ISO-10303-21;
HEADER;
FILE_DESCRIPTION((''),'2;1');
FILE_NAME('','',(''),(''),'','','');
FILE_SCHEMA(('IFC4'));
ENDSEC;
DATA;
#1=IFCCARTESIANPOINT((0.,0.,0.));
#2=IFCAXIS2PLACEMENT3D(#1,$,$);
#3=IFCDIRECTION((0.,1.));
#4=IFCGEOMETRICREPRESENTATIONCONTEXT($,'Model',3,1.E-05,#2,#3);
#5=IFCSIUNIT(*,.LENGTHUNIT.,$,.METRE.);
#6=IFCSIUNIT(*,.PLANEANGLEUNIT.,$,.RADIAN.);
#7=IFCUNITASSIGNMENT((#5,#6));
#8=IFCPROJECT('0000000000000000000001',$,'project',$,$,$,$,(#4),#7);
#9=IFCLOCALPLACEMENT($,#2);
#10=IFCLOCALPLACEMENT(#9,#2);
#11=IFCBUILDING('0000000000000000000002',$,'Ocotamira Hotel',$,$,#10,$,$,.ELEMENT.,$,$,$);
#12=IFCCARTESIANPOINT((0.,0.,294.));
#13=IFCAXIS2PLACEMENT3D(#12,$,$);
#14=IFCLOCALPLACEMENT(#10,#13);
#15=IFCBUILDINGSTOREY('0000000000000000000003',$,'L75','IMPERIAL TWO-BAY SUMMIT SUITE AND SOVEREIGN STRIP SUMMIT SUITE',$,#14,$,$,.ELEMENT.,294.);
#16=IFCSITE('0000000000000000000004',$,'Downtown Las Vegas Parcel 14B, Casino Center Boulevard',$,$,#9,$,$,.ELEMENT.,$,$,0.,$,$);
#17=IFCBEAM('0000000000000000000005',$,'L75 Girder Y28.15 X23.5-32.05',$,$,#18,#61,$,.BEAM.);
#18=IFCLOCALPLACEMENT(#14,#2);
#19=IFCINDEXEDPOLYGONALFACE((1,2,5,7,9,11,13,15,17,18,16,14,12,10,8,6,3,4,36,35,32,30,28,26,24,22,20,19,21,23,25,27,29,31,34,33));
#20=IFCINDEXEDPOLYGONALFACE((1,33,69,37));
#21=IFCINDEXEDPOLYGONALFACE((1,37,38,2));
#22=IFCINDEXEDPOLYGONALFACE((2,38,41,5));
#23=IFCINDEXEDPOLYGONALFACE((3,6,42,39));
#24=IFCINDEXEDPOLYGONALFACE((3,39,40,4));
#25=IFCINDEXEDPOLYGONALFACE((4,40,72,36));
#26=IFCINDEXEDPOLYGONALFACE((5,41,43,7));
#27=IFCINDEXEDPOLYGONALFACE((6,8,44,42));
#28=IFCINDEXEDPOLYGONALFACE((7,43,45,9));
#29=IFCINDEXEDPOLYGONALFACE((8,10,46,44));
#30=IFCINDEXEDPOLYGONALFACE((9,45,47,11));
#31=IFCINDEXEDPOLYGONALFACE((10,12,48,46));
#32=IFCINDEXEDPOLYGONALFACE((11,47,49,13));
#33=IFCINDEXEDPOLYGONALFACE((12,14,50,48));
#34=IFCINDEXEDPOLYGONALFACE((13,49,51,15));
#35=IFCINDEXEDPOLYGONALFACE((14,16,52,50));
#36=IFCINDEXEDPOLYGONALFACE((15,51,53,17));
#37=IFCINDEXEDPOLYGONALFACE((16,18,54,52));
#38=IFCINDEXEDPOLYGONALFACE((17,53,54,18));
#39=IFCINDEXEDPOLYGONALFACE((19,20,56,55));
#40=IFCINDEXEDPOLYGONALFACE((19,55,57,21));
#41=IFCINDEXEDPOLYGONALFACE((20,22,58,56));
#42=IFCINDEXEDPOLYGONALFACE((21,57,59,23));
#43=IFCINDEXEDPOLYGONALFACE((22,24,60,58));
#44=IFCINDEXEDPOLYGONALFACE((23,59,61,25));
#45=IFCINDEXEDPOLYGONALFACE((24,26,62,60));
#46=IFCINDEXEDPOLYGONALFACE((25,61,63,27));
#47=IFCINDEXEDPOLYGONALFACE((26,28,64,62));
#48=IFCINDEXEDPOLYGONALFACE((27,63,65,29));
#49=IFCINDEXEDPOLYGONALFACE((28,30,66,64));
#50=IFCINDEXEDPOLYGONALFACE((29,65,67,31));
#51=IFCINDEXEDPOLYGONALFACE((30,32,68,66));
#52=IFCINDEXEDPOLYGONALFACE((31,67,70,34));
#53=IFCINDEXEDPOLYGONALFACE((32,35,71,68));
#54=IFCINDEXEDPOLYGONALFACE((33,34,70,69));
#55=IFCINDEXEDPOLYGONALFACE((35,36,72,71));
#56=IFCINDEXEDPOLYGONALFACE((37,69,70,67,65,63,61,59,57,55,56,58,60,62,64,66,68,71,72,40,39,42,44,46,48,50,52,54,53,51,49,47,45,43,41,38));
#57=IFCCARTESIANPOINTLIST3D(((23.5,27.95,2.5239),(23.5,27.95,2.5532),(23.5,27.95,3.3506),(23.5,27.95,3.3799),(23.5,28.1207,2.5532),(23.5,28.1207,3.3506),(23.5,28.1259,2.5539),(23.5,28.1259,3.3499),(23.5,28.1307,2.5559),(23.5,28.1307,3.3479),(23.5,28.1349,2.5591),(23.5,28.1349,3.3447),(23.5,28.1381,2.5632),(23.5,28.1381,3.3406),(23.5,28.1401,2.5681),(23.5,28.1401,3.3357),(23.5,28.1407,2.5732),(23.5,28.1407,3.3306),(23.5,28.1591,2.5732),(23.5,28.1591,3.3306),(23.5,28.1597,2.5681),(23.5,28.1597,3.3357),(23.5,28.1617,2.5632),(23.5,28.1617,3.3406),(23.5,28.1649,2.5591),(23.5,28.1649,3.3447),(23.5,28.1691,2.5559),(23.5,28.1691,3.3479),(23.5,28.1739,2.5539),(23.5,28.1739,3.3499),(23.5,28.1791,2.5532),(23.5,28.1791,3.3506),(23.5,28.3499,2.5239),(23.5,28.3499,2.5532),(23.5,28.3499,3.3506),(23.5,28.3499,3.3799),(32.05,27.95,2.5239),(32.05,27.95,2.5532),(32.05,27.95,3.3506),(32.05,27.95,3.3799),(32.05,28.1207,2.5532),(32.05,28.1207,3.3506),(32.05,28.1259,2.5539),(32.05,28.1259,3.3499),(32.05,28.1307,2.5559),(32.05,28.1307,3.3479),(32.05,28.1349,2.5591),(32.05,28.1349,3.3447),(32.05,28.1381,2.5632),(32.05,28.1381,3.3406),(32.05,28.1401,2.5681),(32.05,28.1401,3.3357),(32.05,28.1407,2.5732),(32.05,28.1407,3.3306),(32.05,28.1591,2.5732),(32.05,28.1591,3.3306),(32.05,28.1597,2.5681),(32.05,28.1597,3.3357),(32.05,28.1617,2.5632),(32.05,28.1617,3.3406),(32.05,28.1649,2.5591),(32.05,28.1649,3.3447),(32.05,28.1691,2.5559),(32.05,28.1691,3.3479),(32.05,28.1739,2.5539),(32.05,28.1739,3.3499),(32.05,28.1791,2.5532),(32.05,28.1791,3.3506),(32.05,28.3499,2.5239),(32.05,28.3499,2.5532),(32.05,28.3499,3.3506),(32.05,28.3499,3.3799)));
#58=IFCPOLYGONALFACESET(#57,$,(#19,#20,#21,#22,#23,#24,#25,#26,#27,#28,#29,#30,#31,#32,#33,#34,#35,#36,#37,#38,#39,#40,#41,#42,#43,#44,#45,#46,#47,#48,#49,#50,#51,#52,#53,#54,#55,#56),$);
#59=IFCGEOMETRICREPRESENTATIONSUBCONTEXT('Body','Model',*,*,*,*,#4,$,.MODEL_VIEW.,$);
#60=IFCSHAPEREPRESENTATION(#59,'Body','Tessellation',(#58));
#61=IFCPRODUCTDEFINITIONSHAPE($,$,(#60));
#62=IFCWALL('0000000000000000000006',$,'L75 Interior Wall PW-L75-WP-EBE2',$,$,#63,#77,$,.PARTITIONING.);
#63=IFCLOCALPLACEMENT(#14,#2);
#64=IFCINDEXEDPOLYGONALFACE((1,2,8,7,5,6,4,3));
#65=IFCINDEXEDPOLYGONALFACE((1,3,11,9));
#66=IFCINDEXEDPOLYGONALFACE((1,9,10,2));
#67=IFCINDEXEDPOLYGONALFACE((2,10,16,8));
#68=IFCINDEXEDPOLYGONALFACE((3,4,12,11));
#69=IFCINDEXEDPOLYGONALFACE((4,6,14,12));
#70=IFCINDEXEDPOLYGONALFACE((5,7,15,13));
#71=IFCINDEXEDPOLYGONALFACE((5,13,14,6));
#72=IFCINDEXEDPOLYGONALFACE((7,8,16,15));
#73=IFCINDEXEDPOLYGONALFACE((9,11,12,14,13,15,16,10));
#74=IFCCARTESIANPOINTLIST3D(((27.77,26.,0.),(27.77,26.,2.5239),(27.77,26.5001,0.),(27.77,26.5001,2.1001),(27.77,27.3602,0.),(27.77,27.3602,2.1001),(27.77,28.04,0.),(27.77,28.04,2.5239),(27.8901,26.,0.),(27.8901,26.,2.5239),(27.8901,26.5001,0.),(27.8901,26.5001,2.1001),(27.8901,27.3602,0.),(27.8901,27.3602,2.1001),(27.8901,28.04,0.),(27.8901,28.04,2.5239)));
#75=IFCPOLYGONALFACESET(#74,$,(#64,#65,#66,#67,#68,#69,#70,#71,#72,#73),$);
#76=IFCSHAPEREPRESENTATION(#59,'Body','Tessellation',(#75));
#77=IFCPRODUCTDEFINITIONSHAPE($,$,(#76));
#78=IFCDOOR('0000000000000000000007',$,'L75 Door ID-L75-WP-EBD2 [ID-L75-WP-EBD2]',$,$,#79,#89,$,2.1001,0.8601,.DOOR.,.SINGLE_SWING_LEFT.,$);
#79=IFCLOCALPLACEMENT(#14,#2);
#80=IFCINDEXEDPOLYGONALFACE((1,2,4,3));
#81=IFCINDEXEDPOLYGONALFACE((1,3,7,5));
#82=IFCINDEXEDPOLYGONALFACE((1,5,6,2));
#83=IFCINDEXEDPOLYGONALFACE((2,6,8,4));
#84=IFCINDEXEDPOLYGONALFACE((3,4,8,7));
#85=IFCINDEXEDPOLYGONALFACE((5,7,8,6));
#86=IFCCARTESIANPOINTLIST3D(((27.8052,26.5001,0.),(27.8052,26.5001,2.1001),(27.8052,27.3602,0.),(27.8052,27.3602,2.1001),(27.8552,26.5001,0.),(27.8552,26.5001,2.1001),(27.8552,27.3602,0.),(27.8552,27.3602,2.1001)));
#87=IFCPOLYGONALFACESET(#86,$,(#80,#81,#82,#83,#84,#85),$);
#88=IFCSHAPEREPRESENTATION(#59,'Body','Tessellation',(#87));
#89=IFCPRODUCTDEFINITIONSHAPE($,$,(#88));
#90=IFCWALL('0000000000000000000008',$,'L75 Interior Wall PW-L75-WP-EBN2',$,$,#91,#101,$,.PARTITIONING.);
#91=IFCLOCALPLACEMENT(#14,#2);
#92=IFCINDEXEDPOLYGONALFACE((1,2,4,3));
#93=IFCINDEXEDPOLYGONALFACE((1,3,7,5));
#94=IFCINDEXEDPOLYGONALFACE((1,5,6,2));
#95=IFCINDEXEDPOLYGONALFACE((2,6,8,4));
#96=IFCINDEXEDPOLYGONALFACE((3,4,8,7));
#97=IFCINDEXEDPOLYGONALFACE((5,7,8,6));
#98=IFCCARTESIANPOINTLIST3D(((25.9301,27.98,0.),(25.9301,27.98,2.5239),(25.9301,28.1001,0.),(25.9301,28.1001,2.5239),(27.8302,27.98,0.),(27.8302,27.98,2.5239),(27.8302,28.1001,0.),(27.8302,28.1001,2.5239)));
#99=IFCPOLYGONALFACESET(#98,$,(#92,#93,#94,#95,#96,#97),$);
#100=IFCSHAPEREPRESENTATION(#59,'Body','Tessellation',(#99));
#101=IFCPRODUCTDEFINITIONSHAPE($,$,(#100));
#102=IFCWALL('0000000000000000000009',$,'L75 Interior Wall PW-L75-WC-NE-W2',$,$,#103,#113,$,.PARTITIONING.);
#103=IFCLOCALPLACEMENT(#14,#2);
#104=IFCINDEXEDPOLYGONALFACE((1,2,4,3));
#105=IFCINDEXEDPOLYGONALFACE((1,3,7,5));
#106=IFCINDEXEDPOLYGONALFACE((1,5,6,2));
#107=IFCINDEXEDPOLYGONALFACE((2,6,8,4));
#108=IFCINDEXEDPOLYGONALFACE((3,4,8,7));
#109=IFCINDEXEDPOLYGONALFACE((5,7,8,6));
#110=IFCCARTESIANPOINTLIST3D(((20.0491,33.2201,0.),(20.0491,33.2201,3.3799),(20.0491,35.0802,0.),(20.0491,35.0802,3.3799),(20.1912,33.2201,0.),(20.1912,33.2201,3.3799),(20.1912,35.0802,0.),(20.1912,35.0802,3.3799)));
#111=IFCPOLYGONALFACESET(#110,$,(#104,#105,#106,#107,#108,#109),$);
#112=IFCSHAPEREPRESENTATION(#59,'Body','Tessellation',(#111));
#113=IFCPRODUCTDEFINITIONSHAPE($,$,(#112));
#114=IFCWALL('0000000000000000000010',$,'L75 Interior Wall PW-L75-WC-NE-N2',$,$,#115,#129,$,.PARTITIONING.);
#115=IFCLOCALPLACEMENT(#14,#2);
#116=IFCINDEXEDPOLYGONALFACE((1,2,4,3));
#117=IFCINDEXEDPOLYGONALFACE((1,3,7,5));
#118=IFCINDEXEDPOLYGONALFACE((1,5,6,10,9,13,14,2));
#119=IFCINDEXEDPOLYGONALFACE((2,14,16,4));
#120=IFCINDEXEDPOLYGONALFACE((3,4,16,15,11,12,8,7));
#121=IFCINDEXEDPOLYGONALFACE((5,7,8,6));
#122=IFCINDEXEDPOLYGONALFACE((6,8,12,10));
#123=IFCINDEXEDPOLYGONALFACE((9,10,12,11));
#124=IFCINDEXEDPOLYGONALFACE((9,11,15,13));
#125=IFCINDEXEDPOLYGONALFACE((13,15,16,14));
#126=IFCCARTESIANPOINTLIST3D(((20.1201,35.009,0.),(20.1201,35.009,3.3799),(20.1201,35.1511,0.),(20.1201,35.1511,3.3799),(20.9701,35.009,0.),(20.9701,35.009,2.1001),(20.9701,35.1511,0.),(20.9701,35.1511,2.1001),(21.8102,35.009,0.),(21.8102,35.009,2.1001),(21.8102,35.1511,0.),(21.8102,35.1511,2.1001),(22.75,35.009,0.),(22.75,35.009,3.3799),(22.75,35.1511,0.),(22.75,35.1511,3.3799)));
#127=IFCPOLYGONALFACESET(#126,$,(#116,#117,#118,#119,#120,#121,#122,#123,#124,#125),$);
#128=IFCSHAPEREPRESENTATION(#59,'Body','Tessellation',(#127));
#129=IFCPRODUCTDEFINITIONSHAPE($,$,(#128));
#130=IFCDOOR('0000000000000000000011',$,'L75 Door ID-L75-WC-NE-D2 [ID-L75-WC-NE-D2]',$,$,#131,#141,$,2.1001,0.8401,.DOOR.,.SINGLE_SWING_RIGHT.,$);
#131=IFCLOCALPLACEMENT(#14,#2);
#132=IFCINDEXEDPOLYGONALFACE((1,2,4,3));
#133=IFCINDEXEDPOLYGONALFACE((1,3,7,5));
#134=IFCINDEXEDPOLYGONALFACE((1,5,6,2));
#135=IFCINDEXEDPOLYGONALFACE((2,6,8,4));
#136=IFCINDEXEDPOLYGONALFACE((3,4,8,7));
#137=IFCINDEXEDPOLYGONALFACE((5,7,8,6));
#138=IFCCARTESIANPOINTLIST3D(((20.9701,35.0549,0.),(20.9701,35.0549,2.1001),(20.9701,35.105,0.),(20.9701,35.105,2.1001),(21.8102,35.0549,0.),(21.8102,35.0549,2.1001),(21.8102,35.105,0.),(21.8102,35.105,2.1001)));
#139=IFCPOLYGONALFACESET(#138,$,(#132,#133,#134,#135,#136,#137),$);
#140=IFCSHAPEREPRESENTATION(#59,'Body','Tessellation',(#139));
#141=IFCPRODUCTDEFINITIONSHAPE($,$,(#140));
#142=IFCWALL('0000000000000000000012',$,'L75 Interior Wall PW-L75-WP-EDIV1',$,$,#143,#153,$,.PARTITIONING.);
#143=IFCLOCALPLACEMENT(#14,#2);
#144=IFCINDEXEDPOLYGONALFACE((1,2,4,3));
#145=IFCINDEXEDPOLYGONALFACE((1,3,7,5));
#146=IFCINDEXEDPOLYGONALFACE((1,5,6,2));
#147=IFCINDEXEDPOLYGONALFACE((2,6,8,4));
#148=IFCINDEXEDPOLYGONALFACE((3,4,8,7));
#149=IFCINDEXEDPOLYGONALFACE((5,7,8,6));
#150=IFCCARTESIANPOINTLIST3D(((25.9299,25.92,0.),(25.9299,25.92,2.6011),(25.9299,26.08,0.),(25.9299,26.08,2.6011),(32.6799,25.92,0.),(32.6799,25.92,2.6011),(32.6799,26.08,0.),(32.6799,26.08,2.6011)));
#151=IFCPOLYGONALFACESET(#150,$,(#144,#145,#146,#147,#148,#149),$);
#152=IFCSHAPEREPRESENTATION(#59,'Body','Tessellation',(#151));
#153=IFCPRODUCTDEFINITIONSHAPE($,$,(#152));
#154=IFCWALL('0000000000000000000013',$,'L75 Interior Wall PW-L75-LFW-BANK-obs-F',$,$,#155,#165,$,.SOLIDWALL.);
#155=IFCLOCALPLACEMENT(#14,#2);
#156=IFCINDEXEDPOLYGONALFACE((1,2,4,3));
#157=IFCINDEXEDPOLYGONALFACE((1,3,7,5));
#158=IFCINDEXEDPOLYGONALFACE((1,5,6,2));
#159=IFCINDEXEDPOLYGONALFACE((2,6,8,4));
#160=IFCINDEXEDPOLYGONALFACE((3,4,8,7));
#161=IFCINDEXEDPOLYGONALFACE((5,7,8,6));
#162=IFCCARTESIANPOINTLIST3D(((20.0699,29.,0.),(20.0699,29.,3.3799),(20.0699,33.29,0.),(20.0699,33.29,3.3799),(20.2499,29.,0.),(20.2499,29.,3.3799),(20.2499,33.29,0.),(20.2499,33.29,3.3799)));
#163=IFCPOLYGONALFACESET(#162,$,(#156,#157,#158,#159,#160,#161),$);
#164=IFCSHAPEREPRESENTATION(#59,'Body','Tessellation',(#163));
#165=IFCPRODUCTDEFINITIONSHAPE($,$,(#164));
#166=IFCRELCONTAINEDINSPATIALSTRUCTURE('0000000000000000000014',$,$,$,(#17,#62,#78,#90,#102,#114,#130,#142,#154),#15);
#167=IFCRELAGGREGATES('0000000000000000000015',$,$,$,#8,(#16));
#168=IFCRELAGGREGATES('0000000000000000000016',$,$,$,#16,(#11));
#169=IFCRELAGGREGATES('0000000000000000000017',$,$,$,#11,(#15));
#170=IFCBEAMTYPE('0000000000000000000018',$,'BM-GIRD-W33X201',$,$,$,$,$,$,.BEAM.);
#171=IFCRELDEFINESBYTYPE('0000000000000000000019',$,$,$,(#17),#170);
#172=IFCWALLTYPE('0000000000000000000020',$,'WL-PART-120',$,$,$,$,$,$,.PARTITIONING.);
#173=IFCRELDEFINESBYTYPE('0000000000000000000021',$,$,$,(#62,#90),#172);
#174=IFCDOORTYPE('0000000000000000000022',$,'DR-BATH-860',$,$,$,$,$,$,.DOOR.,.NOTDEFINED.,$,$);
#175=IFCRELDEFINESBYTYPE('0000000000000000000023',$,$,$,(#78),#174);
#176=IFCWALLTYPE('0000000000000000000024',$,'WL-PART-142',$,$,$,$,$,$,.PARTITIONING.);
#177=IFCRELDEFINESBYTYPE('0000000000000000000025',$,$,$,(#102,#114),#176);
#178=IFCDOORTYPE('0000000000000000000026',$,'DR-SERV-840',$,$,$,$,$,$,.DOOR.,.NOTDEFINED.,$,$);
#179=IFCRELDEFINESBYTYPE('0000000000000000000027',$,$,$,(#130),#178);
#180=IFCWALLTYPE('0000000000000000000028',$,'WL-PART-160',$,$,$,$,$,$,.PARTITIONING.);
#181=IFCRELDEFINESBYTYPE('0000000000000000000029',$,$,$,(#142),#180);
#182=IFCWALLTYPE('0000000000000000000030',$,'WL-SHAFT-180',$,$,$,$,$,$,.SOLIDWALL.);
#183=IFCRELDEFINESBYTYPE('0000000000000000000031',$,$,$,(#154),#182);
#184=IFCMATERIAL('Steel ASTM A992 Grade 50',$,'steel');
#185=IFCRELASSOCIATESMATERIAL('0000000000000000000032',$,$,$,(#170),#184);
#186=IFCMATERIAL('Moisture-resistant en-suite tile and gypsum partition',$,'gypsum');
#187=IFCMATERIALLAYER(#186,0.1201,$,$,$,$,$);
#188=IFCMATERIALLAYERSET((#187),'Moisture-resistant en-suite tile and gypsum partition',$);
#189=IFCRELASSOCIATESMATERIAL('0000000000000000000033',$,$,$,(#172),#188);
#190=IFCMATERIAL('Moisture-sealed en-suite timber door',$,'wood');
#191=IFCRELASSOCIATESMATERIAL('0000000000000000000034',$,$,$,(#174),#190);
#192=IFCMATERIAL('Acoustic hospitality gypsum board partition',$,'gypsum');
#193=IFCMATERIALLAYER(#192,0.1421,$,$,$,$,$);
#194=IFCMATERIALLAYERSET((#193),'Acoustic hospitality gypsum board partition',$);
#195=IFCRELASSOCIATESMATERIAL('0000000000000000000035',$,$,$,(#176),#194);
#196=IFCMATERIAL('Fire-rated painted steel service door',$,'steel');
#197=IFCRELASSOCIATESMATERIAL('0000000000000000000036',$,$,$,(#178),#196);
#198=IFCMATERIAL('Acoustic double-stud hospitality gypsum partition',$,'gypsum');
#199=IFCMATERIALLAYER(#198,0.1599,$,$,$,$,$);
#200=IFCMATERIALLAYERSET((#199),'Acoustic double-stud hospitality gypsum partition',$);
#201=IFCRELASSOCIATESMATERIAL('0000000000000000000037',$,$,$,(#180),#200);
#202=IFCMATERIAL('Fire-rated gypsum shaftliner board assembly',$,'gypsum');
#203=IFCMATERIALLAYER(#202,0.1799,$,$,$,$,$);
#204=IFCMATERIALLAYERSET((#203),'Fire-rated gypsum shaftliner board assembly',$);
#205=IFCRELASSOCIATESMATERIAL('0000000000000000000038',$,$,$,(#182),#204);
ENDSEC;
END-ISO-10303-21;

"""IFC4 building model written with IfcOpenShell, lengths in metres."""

from ifc_helpers import new_model, si_unit, direction, frame, frame_2d, origin, origin_2d, place, context, subcontext, project, spatial, rectangle, i_section, extrude, source, transform, mapped, material, layer, layer_set, material_profile, profile_set, type_object, element, fill, save


model = new_model("IFC4")

# Units and contexts
model_context = context("Model", 3, precision=1e-05, world=origin(), true_north=direction((0.0, 1.0)))
body_context = subcontext(model_context, "Body", "Model", "MODEL_VIEW")
ifc_project = project(units=[si_unit("LENGTHUNIT", "METRE"), si_unit("PLANEANGLEUNIT", "RADIAN")], contexts=[model_context])

# Site, building, storey
site_placement = place(None, origin())
site = spatial("IfcSite", under=ifc_project, at=site_placement, Name="Downtown Las Vegas Parcel 14B, Casino Center Boulevard", CompositionType="ELEMENT", RefElevation=0.0)
building_placement = place(site_placement, origin())
building = spatial("IfcBuilding", under=site, at=building_placement, Name="Ocotamira Hotel", CompositionType="ELEMENT")
storey_placement = place(building_placement, frame((0.0, 0.0, 294.0)))
storey = spatial("IfcBuildingStorey", under=building, at=storey_placement, Name="L75", Description="IMPERIAL TWO-BAY SUMMIT SUITE AND SOVEREIGN STRIP SUMMIT SUITE", CompositionType="ELEMENT", Elevation=294.0)

# Shared definitions
ifc_material_1 = material(Name="Steel ASTM A992 Grade 50", Category="steel")

# Beam
ifc_material_profile_1 = material_profile(ifc_material_1, i_section(OverallWidth=0.3999, OverallDepth=0.856, WebThickness=0.0183, FlangeThickness=0.0293, FilletRadius=0.02, at=origin_2d()), Name="W33X201")
ifc_profile_set_1 = profile_set([ifc_material_profile_1], Name="Steel ASTM A992 Grade 50")
beam_type_1 = type_object("IfcBeamType", Name="BM-GIRD-W33X201", PredefinedType="BEAM", material=ifc_profile_set_1)
shared_shape_1 = source(origin(), body_context, "Body", "SweptSolid", [
    extrude(i_section(OverallWidth=0.3999, OverallDepth=0.856, WebThickness=0.0183, FlangeThickness=0.0293, FilletRadius=0.02, at=origin_2d()), origin(), (0.0, 0.0, 1.0), 8.55),
])
beam_1_placement = place(storey_placement, frame((23.5, 28.1499, 2.9519), z_axis=(1.0, 0.0, 0.0), x_axis=(0.0, 1.0, 0.0)))
element("IfcBeam", 1, at=beam_1_placement, inside=storey, type_object=beam_type_1, Name="L75 Girder Y28.15 X23.5-32.05", PredefinedType="BEAM", context=body_context, shape_type="MappedRepresentation", body=[
    mapped(shared_shape_1, transform((0.0, 0.0, 0.0), scale=1.0)),
])

# Wall, opening, door
ifc_material_2 = material(Name="Moisture-resistant en-suite tile and gypsum partition", Category="gypsum")
ifc_layer_1 = layer(ifc_material_2, 0.1201)
ifc_layer_set_1 = layer_set([ifc_layer_1], Name="Moisture-resistant en-suite tile and gypsum partition")
wall_type_1 = type_object("IfcWallType", Name="WL-PART-120", PredefinedType="PARTITIONING", material=ifc_layer_set_1)
wall_1_placement = place(storey_placement, frame((27.8301, 26.0, 0.0), z_axis=(0.0, 0.0, 1.0), x_axis=(0.0, 1.0, 0.0)))
wall_1 = element("IfcWall", 2, at=wall_1_placement, inside=storey, type_object=wall_type_1, Name="L75 Interior Wall PW-L75-WP-EBE2", PredefinedType="PARTITIONING", context=body_context, shape_type="SweptSolid", body=[
    extrude(rectangle(XDim=2.04, YDim=0.1201, at=frame_2d((1.02, 0.0))), origin(), (0.0, 0.0, 1.0), 2.5239),
])
opening_1_placement = place(wall_1_placement, frame((0.5, 0.0, 0.0)))
opening_1 = element("IfcOpeningElement", 3, at=opening_1_placement, cuts=wall_1, PredefinedType="OPENING", context=body_context, shape_type="SweptSolid", body=[
    extrude(rectangle(XDim=0.8601, YDim=2.1001, at=frame_2d((0.4302, 1.05))), frame((0.0, 0.0701, 0.0), z_axis=(0.0, -1.0, 0.0), x_axis=(1.0, 0.0, 0.0)), (0.0, 0.0, 1.0), 0.1401),
])
ifc_material_3 = material(Name="Moisture-sealed en-suite timber door", Category="wood")
door_type_1 = type_object("IfcDoorType", Name="DR-BATH-860", OperationType="NOTDEFINED", PredefinedType="DOOR", material=ifc_material_3)
shared_shape_2 = source(origin(), body_context, "Body", "SweptSolid", [
    extrude(rectangle(XDim=0.8601, YDim=2.1001, at=frame_2d((0.4302, 1.05))), frame((0.0, 0.0249, 0.0), z_axis=(0.0, -1.0, 0.0), x_axis=(1.0, 0.0, 0.0)), (0.0, 0.0, 1.0), 0.05),
])
door_1_placement = place(opening_1_placement, origin())
door_1 = element("IfcDoor", 4, at=door_1_placement, inside=storey, type_object=door_type_1, Name="L75 Door ID-L75-WP-EBD2 [ID-L75-WP-EBD2]", OperationType="SINGLE_SWING_LEFT", OverallHeight=2.1001, OverallWidth=0.8601, PredefinedType="DOOR", context=body_context, shape_type="MappedRepresentation", body=[
    mapped(shared_shape_2, transform((0.0, 0.0, 0.0), scale=1.0)),
])
fill(opening_1, door_1)

# Walls
wall_2_placement = place(storey_placement, frame((25.9299, 28.04, 0.0), z_axis=(0.0, 0.0, 1.0), x_axis=(1.0, 0.0, 0.0)))
element("IfcWall", 5, at=wall_2_placement, inside=storey, type_object=wall_type_1, Name="L75 Interior Wall PW-L75-WP-EBN2", PredefinedType="PARTITIONING", context=body_context, shape_type="SweptSolid", body=[
    extrude(rectangle(XDim=1.9001, YDim=0.1201, at=frame_2d((0.9502, 0.0))), origin(), (0.0, 0.0, 1.0), 2.5239),
])
ifc_material_4 = material(Name="Acoustic hospitality gypsum board partition", Category="gypsum")
ifc_layer_2 = layer(ifc_material_4, 0.1421)
ifc_layer_set_2 = layer_set([ifc_layer_2], Name="Acoustic hospitality gypsum board partition")
wall_type_2 = type_object("IfcWallType", Name="WL-PART-142", PredefinedType="PARTITIONING", material=ifc_layer_set_2)
wall_3_placement = place(storey_placement, frame((20.1201, 33.22, 0.0), z_axis=(0.0, 0.0, 1.0), x_axis=(0.0, 1.0, 0.0)))
element("IfcWall", 6, at=wall_3_placement, inside=storey, type_object=wall_type_2, Name="L75 Interior Wall PW-L75-WC-NE-W2", PredefinedType="PARTITIONING", context=body_context, shape_type="SweptSolid", body=[
    extrude(rectangle(XDim=1.8601, YDim=0.1421, at=frame_2d((0.9302, 0.0))), origin(), (0.0, 0.0, 1.0), 3.3799),
])

# Wall, opening, door
wall_4_placement = place(storey_placement, frame((20.1201, 35.0801, 0.0), z_axis=(0.0, 0.0, 1.0), x_axis=(1.0, 0.0, 0.0)))
wall_4 = element("IfcWall", 7, at=wall_4_placement, inside=storey, type_object=wall_type_2, Name="L75 Interior Wall PW-L75-WC-NE-N2", PredefinedType="PARTITIONING", context=body_context, shape_type="SweptSolid", body=[
    extrude(rectangle(XDim=2.6299, YDim=0.1421, at=frame_2d((1.3149, 0.0))), origin(), (0.0, 0.0, 1.0), 3.3799),
])
opening_2_placement = place(wall_4_placement, frame((0.8501, 0.0, 0.0)))
opening_2 = element("IfcOpeningElement", 8, at=opening_2_placement, cuts=wall_4, PredefinedType="OPENING", context=body_context, shape_type="SweptSolid", body=[
    extrude(rectangle(XDim=0.8401, YDim=2.1001, at=frame_2d((0.4199, 1.05))), frame((0.0, 0.0811, 0.0), z_axis=(0.0, -1.0, 0.0), x_axis=(1.0, 0.0, 0.0)), (0.0, 0.0, 1.0), 0.1621),
])
ifc_material_5 = material(Name="Fire-rated painted steel service door", Category="steel")
door_type_2 = type_object("IfcDoorType", Name="DR-SERV-840", OperationType="NOTDEFINED", PredefinedType="DOOR", material=ifc_material_5)
shared_shape_3 = source(origin(), body_context, "Body", "SweptSolid", [
    extrude(rectangle(XDim=0.8401, YDim=2.1001, at=frame_2d((0.4199, 1.05))), frame((0.0, 0.0249, 0.0), z_axis=(0.0, -1.0, 0.0), x_axis=(1.0, 0.0, 0.0)), (0.0, 0.0, 1.0), 0.05),
])
door_2_placement = place(opening_2_placement, origin())
door_2 = element("IfcDoor", 9, at=door_2_placement, inside=storey, type_object=door_type_2, Name="L75 Door ID-L75-WC-NE-D2 [ID-L75-WC-NE-D2]", OperationType="SINGLE_SWING_RIGHT", OverallHeight=2.1001, OverallWidth=0.8401, PredefinedType="DOOR", context=body_context, shape_type="MappedRepresentation", body=[
    mapped(shared_shape_3, transform((0.0, 0.0, 0.0), scale=1.0)),
])
fill(opening_2, door_2)

# Walls
ifc_material_6 = material(Name="Acoustic double-stud hospitality gypsum partition", Category="gypsum")
ifc_layer_3 = layer(ifc_material_6, 0.1599)
ifc_layer_set_3 = layer_set([ifc_layer_3], Name="Acoustic double-stud hospitality gypsum partition")
wall_type_3 = type_object("IfcWallType", Name="WL-PART-160", PredefinedType="PARTITIONING", material=ifc_layer_set_3)
wall_5_placement = place(storey_placement, frame((25.9299, 26.0, 0.0), z_axis=(0.0, 0.0, 1.0), x_axis=(1.0, 0.0, 0.0)))
element("IfcWall", 10, at=wall_5_placement, inside=storey, type_object=wall_type_3, Name="L75 Interior Wall PW-L75-WP-EDIV1", PredefinedType="PARTITIONING", context=body_context, shape_type="SweptSolid", body=[
    extrude(rectangle(XDim=6.75, YDim=0.1599, at=frame_2d((3.375, 0.0))), origin(), (0.0, 0.0, 1.0), 2.6011),
])
ifc_material_7 = material(Name="Fire-rated gypsum shaftliner board assembly", Category="gypsum")
ifc_layer_4 = layer(ifc_material_7, 0.1799)
ifc_layer_set_4 = layer_set([ifc_layer_4], Name="Fire-rated gypsum shaftliner board assembly")
wall_type_4 = type_object("IfcWallType", Name="WL-SHAFT-180", PredefinedType="SOLIDWALL", material=ifc_layer_set_4)
wall_6_placement = place(storey_placement, frame((20.1599, 29.0, 0.0), z_axis=(0.0, 0.0, 1.0), x_axis=(0.0, 1.0, 0.0)))
element("IfcWall", 11, at=wall_6_placement, inside=storey, type_object=wall_type_4, Name="L75 Interior Wall PW-L75-LFW-BANK-obs-F", PredefinedType="SOLIDWALL", context=body_context, shape_type="SweptSolid", body=[
    extrude(rectangle(XDim=4.29, YDim=0.1799, at=frame_2d((2.145, 0.0))), origin(), (0.0, 0.0, 1.0), 3.3799),
])

save(model, "model.ifc")
